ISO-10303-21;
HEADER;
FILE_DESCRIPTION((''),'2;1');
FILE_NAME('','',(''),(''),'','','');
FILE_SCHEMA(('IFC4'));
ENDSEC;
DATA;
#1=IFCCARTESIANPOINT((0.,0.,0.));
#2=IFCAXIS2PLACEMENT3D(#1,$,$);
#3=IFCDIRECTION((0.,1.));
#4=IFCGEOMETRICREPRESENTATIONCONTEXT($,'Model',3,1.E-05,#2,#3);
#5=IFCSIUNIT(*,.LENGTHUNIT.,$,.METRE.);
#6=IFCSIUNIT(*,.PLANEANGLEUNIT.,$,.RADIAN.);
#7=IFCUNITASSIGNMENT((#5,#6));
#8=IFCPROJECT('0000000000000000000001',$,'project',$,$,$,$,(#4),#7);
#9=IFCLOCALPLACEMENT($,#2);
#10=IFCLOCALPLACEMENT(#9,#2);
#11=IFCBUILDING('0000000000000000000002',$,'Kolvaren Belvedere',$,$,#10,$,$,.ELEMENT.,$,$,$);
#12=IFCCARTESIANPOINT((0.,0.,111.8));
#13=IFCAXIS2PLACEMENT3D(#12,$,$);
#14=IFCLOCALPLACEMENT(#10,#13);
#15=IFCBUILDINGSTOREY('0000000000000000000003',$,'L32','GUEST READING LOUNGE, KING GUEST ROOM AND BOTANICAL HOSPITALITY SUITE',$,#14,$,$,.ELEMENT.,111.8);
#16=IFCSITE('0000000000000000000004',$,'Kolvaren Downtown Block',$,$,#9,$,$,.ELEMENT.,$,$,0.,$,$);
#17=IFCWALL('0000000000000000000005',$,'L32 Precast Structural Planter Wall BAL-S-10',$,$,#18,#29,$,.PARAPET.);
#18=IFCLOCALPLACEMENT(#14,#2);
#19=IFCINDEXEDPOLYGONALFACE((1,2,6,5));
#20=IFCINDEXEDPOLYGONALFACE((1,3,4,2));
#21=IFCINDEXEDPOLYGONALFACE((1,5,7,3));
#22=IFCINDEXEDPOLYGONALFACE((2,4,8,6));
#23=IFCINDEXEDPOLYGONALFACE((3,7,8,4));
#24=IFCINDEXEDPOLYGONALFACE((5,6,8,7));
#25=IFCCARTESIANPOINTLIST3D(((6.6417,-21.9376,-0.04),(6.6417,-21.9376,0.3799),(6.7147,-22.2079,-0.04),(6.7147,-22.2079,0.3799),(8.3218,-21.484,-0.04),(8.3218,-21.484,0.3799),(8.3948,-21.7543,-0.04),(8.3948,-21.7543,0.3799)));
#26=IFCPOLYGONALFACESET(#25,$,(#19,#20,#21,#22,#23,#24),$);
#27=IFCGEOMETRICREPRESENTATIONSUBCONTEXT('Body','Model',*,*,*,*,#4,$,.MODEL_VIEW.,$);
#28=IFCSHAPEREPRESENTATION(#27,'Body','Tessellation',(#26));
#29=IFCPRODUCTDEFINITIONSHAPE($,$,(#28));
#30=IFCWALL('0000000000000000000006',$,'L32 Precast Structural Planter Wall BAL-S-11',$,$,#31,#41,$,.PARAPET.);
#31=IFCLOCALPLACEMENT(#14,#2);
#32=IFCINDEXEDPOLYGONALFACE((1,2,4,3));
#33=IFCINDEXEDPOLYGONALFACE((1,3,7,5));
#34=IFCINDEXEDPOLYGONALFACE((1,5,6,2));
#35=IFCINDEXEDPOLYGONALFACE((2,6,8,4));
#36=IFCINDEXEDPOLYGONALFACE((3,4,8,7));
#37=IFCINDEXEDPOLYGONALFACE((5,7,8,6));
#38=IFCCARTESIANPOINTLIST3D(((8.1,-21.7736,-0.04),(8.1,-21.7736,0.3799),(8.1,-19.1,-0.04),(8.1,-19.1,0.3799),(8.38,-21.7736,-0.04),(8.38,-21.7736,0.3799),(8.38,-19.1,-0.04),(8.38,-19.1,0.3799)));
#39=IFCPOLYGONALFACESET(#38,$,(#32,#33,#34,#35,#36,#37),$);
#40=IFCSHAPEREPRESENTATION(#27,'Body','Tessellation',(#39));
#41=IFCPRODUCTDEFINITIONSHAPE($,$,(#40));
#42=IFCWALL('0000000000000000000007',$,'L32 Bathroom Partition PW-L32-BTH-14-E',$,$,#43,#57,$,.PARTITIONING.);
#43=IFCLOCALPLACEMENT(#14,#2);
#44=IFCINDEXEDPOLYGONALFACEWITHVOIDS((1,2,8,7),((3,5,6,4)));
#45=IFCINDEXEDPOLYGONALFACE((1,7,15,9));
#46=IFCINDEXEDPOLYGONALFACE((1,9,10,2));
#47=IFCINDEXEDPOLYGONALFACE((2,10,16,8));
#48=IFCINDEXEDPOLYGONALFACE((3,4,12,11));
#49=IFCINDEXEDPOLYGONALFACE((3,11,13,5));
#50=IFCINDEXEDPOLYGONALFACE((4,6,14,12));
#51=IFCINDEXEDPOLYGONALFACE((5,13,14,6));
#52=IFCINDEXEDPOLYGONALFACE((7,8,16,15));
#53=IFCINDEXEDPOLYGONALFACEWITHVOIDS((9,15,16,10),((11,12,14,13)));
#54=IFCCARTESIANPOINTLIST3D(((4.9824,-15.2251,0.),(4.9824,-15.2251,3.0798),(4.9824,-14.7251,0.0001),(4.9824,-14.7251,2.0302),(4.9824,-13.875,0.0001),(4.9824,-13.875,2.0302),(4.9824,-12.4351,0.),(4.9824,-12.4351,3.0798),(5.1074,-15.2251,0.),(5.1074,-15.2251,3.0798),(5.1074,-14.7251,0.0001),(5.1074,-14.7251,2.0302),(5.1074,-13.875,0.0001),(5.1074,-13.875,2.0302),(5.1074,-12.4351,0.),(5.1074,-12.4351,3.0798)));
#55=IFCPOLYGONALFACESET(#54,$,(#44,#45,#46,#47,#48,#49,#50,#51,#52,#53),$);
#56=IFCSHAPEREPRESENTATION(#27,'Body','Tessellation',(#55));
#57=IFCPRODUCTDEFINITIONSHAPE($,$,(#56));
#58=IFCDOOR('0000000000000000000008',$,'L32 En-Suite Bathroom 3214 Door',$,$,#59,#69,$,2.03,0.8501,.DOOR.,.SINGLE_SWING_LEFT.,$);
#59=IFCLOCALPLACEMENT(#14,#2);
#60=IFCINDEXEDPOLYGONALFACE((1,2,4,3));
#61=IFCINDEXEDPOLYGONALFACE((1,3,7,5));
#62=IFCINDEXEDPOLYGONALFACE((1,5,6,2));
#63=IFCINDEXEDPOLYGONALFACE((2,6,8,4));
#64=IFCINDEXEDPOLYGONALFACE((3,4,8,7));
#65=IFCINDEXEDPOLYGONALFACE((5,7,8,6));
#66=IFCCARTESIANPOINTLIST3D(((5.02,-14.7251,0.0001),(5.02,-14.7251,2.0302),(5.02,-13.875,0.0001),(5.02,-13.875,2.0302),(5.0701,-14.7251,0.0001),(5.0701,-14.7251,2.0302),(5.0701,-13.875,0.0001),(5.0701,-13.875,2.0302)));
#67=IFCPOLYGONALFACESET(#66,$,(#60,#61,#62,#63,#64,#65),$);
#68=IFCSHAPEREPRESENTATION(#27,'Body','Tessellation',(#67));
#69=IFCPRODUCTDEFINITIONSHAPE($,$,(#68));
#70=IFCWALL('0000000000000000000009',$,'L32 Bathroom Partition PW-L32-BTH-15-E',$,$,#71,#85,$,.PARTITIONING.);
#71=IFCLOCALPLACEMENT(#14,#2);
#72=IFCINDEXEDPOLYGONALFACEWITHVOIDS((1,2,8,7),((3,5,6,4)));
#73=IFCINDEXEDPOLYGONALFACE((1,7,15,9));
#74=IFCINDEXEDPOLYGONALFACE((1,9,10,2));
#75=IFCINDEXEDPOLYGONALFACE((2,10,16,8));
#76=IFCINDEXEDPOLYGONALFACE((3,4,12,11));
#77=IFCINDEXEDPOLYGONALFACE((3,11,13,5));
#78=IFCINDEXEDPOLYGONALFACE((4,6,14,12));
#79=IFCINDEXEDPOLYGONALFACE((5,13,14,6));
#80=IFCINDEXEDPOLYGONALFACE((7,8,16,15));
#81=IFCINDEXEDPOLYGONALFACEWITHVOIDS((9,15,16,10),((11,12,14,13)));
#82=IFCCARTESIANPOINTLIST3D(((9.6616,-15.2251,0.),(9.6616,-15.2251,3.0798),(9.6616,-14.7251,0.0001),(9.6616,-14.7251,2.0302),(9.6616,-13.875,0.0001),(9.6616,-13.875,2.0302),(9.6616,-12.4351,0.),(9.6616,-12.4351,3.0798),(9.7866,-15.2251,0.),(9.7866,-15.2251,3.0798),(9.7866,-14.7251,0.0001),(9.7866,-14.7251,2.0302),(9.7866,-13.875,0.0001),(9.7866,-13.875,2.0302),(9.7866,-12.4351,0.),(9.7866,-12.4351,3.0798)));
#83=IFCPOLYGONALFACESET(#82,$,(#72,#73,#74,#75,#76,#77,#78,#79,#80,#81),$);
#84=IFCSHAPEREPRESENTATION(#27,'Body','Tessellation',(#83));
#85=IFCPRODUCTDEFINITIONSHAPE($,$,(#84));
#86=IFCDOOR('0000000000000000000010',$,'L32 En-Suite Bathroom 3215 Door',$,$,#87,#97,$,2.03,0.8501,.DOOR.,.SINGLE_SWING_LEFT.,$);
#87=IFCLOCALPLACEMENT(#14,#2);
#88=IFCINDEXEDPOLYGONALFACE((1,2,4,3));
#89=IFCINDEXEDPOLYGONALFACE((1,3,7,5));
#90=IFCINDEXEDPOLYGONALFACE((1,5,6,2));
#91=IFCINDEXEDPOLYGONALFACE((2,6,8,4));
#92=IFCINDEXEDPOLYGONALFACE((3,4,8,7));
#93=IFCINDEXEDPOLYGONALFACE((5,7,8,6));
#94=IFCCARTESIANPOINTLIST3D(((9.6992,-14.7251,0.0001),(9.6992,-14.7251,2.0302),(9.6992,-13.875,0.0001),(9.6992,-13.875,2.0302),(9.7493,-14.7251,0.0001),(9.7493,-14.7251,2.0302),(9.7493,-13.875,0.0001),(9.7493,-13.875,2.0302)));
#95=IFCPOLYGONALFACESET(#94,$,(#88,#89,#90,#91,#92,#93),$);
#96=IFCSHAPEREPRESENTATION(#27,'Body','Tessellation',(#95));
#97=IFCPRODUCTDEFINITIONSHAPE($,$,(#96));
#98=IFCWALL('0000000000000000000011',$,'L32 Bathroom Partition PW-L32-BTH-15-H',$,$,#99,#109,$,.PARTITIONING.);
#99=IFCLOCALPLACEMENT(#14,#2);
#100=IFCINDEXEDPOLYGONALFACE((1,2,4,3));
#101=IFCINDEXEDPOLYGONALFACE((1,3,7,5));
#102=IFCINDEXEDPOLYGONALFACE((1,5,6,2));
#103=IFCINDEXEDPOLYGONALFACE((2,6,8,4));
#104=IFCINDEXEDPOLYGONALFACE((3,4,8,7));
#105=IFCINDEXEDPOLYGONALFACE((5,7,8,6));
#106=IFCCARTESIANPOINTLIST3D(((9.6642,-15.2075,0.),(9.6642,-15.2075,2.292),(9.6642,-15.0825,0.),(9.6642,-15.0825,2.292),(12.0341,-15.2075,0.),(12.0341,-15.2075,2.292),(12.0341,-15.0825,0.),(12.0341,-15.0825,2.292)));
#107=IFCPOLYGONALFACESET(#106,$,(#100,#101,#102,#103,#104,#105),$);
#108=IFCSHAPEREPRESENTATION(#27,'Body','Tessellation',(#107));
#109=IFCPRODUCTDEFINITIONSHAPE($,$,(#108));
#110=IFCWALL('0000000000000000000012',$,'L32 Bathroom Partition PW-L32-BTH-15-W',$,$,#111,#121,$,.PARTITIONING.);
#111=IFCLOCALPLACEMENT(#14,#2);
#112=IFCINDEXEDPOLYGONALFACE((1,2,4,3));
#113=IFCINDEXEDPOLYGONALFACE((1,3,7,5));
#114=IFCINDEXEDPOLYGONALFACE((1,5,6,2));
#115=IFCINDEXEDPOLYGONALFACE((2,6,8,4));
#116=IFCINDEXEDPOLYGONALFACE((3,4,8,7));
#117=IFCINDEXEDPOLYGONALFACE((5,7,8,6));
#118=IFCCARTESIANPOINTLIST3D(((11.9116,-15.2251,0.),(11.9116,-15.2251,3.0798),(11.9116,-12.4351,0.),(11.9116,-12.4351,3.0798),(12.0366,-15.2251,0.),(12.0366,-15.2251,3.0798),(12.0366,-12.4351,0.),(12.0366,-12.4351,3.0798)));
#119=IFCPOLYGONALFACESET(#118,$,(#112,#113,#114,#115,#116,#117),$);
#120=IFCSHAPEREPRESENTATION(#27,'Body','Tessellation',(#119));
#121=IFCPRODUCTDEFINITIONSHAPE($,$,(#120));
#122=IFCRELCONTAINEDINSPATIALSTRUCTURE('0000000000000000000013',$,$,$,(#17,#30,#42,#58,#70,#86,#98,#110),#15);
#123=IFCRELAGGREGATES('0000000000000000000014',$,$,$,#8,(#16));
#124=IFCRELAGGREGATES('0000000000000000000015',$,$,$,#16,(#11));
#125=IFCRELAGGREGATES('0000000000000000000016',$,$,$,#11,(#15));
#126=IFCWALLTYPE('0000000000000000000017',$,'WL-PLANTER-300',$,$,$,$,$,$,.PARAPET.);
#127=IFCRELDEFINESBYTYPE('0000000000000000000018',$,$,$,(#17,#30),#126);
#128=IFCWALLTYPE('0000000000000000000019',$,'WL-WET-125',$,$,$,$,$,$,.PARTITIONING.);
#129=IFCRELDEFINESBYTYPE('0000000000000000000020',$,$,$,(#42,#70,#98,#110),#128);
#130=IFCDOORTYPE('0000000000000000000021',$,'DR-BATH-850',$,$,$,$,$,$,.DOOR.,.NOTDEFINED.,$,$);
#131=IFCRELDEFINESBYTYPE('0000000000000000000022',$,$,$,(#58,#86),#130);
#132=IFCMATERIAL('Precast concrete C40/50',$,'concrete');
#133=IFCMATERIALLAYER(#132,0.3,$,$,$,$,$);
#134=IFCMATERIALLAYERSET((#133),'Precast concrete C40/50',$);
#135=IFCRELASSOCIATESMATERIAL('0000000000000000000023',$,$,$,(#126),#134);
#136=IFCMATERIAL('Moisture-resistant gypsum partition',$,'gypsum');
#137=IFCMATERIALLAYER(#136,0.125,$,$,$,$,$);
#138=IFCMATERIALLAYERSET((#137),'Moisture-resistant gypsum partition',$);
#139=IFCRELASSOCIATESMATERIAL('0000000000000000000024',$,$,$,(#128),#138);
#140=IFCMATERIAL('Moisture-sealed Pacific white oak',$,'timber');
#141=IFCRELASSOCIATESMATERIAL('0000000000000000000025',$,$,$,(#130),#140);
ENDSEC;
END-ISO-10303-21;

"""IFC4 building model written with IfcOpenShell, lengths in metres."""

from ifc_helpers import new_model, si_unit, direction, frame, frame_2d, origin, place, context, subcontext, project, spatial, rectangle, extrude, material, layer, layer_set, type_object, element, fill, save


model = new_model("IFC4")

# Units and contexts
model_context = context("Model", 3, precision=1e-05, world=origin(), true_north=direction((0.0, 1.0)))
body_context = subcontext(model_context, "Body", "Model", "MODEL_VIEW")
ifc_project = project(units=[si_unit("LENGTHUNIT", "METRE"), si_unit("PLANEANGLEUNIT", "RADIAN")], contexts=[model_context])

# Site, building, storey
site_placement = place(None, origin())
site = spatial("IfcSite", under=ifc_project, at=site_placement, Name="Kolvaren Downtown Block", CompositionType="ELEMENT", RefElevation=0.0)
building_placement = place(site_placement, origin())
building = spatial("IfcBuilding", under=site, at=building_placement, Name="Kolvaren Belvedere", CompositionType="ELEMENT")
storey_placement = place(building_placement, frame((0.0, 0.0, 111.8)))
storey = spatial("IfcBuildingStorey", under=building, at=storey_placement, Name="L32", Description="GUEST READING LOUNGE, KING GUEST ROOM AND BOTANICAL HOSPITALITY SUITE", CompositionType="ELEMENT", Elevation=111.8)

# Walls
ifc_material_1 = material(Name="Precast concrete C40/50", Category="concrete")
ifc_layer_1 = layer(ifc_material_1, 0.3)
ifc_layer_set_1 = layer_set([ifc_layer_1], Name="Precast concrete C40/50")
wall_type_1 = type_object("IfcWallType", Name="WL-PLANTER-300", PredefinedType="PARAPET", material=ifc_layer_set_1)
wall_1_placement = place(storey_placement, frame((6.6782, -22.0728, -0.04), z_axis=(0.0, 0.0, 1.0), x_axis=(0.965434, 0.260648, 0.0)))
element("IfcWall", 1, at=wall_1_placement, inside=storey, type_object=wall_type_1, Name="L32 Precast Structural Planter Wall BAL-S-10", PredefinedType="PARAPET", context=body_context, shape_type="SweptSolid", body=[
    extrude(rectangle(XDim=1.7402, YDim=0.28, at=frame_2d((0.8701, 0.0))), origin(), (0.0, 0.0, 1.0), 0.4199),
])
wall_2_placement = place(storey_placement, frame((8.24, -21.7737, -0.04), z_axis=(0.0, 0.0, 1.0), x_axis=(0.0, 1.0, 0.0)))
element("IfcWall", 2, at=wall_2_placement, inside=storey, type_object=wall_type_1, Name="L32 Precast Structural Planter Wall BAL-S-11", PredefinedType="PARAPET", context=body_context, shape_type="SweptSolid", body=[
    extrude(rectangle(XDim=2.6736, YDim=0.28, at=frame_2d((1.3369, 0.0))), origin(), (0.0, 0.0, 1.0), 0.4199),
])

# Walls, openings, doors
ifc_material_2 = material(Name="Moisture-resistant gypsum partition", Category="gypsum")
ifc_layer_2 = layer(ifc_material_2, 0.125)
ifc_layer_set_2 = layer_set([ifc_layer_2], Name="Moisture-resistant gypsum partition")
wall_type_2 = type_object("IfcWallType", Name="WL-WET-125", PredefinedType="PARTITIONING", material=ifc_layer_set_2)
wall_3_placement = place(storey_placement, frame((5.0449, -15.2251, 0.0), z_axis=(0.0, 0.0, 1.0), x_axis=(0.0, 1.0, 0.0)))
wall_3 = element("IfcWall", 3, at=wall_3_placement, inside=storey, type_object=wall_type_2, Name="L32 Bathroom Partition PW-L32-BTH-14-E", PredefinedType="PARTITIONING", context=body_context, shape_type="SweptSolid", body=[
    extrude(rectangle(XDim=2.79, YDim=0.125, at=frame_2d((1.395, 0.0))), origin(), (0.0, 0.0, 1.0), 3.0798),
])
opening_1_placement = place(wall_3_placement, frame((0.5, 0.0, 0.0)))
opening_1 = element("IfcOpeningElement", 4, at=opening_1_placement, cuts=wall_3, PredefinedType="OPENING", context=body_context, shape_type="SweptSolid", body=[
    extrude(rectangle(XDim=0.8501, YDim=2.03, at=frame_2d((0.425, 1.0151))), frame((0.0, 0.0725, 0.0), z_axis=(0.0, -1.0, 0.0), x_axis=(1.0, 0.0, 0.0)), (0.0, 0.0, 1.0), 0.145),
])
ifc_material_3 = material(Name="Moisture-sealed Pacific white oak", Category="timber")
door_type = type_object("IfcDoorType", Name="DR-BATH-850", OperationType="NOTDEFINED", PredefinedType="DOOR", material=ifc_material_3)
door_1_placement = place(opening_1_placement, origin())
door_1 = element("IfcDoor", 5, at=door_1_placement, inside=storey, type_object=door_type, Name="L32 En-Suite Bathroom 3214 Door", OperationType="SINGLE_SWING_LEFT", OverallHeight=2.03, OverallWidth=0.8501, PredefinedType="DOOR", context=body_context, shape_type="SweptSolid", body=[
    extrude(rectangle(XDim=0.8501, YDim=2.03, at=frame_2d((0.425, 1.0151))), frame((0.0, 0.0249, 0.0), z_axis=(0.0, -1.0, 0.0), x_axis=(1.0, 0.0, 0.0)), (0.0, 0.0, 1.0), 0.05),
])
fill(opening_1, door_1)
wall_4_placement = place(storey_placement, frame((9.7241, -15.2251, 0.0), z_axis=(0.0, 0.0, 1.0), x_axis=(0.0, 1.0, 0.0)))
wall_4 = element("IfcWall", 6, at=wall_4_placement, inside=storey, type_object=wall_type_2, Name="L32 Bathroom Partition PW-L32-BTH-15-E", PredefinedType="PARTITIONING", context=body_context, shape_type="SweptSolid", body=[
    extrude(rectangle(XDim=2.79, YDim=0.125, at=frame_2d((1.395, 0.0))), origin(), (0.0, 0.0, 1.0), 3.0798),
])
opening_2_placement = place(wall_4_placement, frame((0.5, 0.0, 0.0)))
opening_2 = element("IfcOpeningElement", 7, at=opening_2_placement, cuts=wall_4, PredefinedType="OPENING", context=body_context, shape_type="SweptSolid", body=[
    extrude(rectangle(XDim=0.8501, YDim=2.03, at=frame_2d((0.425, 1.0151))), frame((0.0, 0.0725, 0.0), z_axis=(0.0, -1.0, 0.0), x_axis=(1.0, 0.0, 0.0)), (0.0, 0.0, 1.0), 0.145),
])
door_2_placement = place(opening_2_placement, origin())
door_2 = element("IfcDoor", 8, at=door_2_placement, inside=storey, type_object=door_type, Name="L32 En-Suite Bathroom 3215 Door", OperationType="SINGLE_SWING_LEFT", OverallHeight=2.03, OverallWidth=0.8501, PredefinedType="DOOR", context=body_context, shape_type="SweptSolid", body=[
    extrude(rectangle(XDim=0.8501, YDim=2.03, at=frame_2d((0.425, 1.0151))), frame((0.0, 0.0249, 0.0), z_axis=(0.0, -1.0, 0.0), x_axis=(1.0, 0.0, 0.0)), (0.0, 0.0, 1.0), 0.05),
])
fill(opening_2, door_2)

# Walls
wall_5_placement = place(storey_placement, frame((9.6641, -15.145, 0.0), z_axis=(0.0, 0.0, 1.0), x_axis=(1.0, 0.0, 0.0)))
element("IfcWall", 9, at=wall_5_placement, inside=storey, type_object=wall_type_2, Name="L32 Bathroom Partition PW-L32-BTH-15-H", PredefinedType="PARTITIONING", context=body_context, shape_type="SweptSolid", body=[
    extrude(rectangle(XDim=2.3699, YDim=0.125, at=frame_2d((1.1851, 0.0))), origin(), (0.0, 0.0, 1.0), 2.292),
])
wall_6_placement = place(storey_placement, frame((11.9741, -15.2251, 0.0), z_axis=(0.0, 0.0, 1.0), x_axis=(0.0, 1.0, 0.0)))
element("IfcWall", 10, at=wall_6_placement, inside=storey, type_object=wall_type_2, Name="L32 Bathroom Partition PW-L32-BTH-15-W", PredefinedType="PARTITIONING", context=body_context, shape_type="SweptSolid", body=[
    extrude(rectangle(XDim=2.79, YDim=0.125, at=frame_2d((1.395, 0.0))), origin(), (0.0, 0.0, 1.0), 3.0798),
])

save(model, "model.ifc")
